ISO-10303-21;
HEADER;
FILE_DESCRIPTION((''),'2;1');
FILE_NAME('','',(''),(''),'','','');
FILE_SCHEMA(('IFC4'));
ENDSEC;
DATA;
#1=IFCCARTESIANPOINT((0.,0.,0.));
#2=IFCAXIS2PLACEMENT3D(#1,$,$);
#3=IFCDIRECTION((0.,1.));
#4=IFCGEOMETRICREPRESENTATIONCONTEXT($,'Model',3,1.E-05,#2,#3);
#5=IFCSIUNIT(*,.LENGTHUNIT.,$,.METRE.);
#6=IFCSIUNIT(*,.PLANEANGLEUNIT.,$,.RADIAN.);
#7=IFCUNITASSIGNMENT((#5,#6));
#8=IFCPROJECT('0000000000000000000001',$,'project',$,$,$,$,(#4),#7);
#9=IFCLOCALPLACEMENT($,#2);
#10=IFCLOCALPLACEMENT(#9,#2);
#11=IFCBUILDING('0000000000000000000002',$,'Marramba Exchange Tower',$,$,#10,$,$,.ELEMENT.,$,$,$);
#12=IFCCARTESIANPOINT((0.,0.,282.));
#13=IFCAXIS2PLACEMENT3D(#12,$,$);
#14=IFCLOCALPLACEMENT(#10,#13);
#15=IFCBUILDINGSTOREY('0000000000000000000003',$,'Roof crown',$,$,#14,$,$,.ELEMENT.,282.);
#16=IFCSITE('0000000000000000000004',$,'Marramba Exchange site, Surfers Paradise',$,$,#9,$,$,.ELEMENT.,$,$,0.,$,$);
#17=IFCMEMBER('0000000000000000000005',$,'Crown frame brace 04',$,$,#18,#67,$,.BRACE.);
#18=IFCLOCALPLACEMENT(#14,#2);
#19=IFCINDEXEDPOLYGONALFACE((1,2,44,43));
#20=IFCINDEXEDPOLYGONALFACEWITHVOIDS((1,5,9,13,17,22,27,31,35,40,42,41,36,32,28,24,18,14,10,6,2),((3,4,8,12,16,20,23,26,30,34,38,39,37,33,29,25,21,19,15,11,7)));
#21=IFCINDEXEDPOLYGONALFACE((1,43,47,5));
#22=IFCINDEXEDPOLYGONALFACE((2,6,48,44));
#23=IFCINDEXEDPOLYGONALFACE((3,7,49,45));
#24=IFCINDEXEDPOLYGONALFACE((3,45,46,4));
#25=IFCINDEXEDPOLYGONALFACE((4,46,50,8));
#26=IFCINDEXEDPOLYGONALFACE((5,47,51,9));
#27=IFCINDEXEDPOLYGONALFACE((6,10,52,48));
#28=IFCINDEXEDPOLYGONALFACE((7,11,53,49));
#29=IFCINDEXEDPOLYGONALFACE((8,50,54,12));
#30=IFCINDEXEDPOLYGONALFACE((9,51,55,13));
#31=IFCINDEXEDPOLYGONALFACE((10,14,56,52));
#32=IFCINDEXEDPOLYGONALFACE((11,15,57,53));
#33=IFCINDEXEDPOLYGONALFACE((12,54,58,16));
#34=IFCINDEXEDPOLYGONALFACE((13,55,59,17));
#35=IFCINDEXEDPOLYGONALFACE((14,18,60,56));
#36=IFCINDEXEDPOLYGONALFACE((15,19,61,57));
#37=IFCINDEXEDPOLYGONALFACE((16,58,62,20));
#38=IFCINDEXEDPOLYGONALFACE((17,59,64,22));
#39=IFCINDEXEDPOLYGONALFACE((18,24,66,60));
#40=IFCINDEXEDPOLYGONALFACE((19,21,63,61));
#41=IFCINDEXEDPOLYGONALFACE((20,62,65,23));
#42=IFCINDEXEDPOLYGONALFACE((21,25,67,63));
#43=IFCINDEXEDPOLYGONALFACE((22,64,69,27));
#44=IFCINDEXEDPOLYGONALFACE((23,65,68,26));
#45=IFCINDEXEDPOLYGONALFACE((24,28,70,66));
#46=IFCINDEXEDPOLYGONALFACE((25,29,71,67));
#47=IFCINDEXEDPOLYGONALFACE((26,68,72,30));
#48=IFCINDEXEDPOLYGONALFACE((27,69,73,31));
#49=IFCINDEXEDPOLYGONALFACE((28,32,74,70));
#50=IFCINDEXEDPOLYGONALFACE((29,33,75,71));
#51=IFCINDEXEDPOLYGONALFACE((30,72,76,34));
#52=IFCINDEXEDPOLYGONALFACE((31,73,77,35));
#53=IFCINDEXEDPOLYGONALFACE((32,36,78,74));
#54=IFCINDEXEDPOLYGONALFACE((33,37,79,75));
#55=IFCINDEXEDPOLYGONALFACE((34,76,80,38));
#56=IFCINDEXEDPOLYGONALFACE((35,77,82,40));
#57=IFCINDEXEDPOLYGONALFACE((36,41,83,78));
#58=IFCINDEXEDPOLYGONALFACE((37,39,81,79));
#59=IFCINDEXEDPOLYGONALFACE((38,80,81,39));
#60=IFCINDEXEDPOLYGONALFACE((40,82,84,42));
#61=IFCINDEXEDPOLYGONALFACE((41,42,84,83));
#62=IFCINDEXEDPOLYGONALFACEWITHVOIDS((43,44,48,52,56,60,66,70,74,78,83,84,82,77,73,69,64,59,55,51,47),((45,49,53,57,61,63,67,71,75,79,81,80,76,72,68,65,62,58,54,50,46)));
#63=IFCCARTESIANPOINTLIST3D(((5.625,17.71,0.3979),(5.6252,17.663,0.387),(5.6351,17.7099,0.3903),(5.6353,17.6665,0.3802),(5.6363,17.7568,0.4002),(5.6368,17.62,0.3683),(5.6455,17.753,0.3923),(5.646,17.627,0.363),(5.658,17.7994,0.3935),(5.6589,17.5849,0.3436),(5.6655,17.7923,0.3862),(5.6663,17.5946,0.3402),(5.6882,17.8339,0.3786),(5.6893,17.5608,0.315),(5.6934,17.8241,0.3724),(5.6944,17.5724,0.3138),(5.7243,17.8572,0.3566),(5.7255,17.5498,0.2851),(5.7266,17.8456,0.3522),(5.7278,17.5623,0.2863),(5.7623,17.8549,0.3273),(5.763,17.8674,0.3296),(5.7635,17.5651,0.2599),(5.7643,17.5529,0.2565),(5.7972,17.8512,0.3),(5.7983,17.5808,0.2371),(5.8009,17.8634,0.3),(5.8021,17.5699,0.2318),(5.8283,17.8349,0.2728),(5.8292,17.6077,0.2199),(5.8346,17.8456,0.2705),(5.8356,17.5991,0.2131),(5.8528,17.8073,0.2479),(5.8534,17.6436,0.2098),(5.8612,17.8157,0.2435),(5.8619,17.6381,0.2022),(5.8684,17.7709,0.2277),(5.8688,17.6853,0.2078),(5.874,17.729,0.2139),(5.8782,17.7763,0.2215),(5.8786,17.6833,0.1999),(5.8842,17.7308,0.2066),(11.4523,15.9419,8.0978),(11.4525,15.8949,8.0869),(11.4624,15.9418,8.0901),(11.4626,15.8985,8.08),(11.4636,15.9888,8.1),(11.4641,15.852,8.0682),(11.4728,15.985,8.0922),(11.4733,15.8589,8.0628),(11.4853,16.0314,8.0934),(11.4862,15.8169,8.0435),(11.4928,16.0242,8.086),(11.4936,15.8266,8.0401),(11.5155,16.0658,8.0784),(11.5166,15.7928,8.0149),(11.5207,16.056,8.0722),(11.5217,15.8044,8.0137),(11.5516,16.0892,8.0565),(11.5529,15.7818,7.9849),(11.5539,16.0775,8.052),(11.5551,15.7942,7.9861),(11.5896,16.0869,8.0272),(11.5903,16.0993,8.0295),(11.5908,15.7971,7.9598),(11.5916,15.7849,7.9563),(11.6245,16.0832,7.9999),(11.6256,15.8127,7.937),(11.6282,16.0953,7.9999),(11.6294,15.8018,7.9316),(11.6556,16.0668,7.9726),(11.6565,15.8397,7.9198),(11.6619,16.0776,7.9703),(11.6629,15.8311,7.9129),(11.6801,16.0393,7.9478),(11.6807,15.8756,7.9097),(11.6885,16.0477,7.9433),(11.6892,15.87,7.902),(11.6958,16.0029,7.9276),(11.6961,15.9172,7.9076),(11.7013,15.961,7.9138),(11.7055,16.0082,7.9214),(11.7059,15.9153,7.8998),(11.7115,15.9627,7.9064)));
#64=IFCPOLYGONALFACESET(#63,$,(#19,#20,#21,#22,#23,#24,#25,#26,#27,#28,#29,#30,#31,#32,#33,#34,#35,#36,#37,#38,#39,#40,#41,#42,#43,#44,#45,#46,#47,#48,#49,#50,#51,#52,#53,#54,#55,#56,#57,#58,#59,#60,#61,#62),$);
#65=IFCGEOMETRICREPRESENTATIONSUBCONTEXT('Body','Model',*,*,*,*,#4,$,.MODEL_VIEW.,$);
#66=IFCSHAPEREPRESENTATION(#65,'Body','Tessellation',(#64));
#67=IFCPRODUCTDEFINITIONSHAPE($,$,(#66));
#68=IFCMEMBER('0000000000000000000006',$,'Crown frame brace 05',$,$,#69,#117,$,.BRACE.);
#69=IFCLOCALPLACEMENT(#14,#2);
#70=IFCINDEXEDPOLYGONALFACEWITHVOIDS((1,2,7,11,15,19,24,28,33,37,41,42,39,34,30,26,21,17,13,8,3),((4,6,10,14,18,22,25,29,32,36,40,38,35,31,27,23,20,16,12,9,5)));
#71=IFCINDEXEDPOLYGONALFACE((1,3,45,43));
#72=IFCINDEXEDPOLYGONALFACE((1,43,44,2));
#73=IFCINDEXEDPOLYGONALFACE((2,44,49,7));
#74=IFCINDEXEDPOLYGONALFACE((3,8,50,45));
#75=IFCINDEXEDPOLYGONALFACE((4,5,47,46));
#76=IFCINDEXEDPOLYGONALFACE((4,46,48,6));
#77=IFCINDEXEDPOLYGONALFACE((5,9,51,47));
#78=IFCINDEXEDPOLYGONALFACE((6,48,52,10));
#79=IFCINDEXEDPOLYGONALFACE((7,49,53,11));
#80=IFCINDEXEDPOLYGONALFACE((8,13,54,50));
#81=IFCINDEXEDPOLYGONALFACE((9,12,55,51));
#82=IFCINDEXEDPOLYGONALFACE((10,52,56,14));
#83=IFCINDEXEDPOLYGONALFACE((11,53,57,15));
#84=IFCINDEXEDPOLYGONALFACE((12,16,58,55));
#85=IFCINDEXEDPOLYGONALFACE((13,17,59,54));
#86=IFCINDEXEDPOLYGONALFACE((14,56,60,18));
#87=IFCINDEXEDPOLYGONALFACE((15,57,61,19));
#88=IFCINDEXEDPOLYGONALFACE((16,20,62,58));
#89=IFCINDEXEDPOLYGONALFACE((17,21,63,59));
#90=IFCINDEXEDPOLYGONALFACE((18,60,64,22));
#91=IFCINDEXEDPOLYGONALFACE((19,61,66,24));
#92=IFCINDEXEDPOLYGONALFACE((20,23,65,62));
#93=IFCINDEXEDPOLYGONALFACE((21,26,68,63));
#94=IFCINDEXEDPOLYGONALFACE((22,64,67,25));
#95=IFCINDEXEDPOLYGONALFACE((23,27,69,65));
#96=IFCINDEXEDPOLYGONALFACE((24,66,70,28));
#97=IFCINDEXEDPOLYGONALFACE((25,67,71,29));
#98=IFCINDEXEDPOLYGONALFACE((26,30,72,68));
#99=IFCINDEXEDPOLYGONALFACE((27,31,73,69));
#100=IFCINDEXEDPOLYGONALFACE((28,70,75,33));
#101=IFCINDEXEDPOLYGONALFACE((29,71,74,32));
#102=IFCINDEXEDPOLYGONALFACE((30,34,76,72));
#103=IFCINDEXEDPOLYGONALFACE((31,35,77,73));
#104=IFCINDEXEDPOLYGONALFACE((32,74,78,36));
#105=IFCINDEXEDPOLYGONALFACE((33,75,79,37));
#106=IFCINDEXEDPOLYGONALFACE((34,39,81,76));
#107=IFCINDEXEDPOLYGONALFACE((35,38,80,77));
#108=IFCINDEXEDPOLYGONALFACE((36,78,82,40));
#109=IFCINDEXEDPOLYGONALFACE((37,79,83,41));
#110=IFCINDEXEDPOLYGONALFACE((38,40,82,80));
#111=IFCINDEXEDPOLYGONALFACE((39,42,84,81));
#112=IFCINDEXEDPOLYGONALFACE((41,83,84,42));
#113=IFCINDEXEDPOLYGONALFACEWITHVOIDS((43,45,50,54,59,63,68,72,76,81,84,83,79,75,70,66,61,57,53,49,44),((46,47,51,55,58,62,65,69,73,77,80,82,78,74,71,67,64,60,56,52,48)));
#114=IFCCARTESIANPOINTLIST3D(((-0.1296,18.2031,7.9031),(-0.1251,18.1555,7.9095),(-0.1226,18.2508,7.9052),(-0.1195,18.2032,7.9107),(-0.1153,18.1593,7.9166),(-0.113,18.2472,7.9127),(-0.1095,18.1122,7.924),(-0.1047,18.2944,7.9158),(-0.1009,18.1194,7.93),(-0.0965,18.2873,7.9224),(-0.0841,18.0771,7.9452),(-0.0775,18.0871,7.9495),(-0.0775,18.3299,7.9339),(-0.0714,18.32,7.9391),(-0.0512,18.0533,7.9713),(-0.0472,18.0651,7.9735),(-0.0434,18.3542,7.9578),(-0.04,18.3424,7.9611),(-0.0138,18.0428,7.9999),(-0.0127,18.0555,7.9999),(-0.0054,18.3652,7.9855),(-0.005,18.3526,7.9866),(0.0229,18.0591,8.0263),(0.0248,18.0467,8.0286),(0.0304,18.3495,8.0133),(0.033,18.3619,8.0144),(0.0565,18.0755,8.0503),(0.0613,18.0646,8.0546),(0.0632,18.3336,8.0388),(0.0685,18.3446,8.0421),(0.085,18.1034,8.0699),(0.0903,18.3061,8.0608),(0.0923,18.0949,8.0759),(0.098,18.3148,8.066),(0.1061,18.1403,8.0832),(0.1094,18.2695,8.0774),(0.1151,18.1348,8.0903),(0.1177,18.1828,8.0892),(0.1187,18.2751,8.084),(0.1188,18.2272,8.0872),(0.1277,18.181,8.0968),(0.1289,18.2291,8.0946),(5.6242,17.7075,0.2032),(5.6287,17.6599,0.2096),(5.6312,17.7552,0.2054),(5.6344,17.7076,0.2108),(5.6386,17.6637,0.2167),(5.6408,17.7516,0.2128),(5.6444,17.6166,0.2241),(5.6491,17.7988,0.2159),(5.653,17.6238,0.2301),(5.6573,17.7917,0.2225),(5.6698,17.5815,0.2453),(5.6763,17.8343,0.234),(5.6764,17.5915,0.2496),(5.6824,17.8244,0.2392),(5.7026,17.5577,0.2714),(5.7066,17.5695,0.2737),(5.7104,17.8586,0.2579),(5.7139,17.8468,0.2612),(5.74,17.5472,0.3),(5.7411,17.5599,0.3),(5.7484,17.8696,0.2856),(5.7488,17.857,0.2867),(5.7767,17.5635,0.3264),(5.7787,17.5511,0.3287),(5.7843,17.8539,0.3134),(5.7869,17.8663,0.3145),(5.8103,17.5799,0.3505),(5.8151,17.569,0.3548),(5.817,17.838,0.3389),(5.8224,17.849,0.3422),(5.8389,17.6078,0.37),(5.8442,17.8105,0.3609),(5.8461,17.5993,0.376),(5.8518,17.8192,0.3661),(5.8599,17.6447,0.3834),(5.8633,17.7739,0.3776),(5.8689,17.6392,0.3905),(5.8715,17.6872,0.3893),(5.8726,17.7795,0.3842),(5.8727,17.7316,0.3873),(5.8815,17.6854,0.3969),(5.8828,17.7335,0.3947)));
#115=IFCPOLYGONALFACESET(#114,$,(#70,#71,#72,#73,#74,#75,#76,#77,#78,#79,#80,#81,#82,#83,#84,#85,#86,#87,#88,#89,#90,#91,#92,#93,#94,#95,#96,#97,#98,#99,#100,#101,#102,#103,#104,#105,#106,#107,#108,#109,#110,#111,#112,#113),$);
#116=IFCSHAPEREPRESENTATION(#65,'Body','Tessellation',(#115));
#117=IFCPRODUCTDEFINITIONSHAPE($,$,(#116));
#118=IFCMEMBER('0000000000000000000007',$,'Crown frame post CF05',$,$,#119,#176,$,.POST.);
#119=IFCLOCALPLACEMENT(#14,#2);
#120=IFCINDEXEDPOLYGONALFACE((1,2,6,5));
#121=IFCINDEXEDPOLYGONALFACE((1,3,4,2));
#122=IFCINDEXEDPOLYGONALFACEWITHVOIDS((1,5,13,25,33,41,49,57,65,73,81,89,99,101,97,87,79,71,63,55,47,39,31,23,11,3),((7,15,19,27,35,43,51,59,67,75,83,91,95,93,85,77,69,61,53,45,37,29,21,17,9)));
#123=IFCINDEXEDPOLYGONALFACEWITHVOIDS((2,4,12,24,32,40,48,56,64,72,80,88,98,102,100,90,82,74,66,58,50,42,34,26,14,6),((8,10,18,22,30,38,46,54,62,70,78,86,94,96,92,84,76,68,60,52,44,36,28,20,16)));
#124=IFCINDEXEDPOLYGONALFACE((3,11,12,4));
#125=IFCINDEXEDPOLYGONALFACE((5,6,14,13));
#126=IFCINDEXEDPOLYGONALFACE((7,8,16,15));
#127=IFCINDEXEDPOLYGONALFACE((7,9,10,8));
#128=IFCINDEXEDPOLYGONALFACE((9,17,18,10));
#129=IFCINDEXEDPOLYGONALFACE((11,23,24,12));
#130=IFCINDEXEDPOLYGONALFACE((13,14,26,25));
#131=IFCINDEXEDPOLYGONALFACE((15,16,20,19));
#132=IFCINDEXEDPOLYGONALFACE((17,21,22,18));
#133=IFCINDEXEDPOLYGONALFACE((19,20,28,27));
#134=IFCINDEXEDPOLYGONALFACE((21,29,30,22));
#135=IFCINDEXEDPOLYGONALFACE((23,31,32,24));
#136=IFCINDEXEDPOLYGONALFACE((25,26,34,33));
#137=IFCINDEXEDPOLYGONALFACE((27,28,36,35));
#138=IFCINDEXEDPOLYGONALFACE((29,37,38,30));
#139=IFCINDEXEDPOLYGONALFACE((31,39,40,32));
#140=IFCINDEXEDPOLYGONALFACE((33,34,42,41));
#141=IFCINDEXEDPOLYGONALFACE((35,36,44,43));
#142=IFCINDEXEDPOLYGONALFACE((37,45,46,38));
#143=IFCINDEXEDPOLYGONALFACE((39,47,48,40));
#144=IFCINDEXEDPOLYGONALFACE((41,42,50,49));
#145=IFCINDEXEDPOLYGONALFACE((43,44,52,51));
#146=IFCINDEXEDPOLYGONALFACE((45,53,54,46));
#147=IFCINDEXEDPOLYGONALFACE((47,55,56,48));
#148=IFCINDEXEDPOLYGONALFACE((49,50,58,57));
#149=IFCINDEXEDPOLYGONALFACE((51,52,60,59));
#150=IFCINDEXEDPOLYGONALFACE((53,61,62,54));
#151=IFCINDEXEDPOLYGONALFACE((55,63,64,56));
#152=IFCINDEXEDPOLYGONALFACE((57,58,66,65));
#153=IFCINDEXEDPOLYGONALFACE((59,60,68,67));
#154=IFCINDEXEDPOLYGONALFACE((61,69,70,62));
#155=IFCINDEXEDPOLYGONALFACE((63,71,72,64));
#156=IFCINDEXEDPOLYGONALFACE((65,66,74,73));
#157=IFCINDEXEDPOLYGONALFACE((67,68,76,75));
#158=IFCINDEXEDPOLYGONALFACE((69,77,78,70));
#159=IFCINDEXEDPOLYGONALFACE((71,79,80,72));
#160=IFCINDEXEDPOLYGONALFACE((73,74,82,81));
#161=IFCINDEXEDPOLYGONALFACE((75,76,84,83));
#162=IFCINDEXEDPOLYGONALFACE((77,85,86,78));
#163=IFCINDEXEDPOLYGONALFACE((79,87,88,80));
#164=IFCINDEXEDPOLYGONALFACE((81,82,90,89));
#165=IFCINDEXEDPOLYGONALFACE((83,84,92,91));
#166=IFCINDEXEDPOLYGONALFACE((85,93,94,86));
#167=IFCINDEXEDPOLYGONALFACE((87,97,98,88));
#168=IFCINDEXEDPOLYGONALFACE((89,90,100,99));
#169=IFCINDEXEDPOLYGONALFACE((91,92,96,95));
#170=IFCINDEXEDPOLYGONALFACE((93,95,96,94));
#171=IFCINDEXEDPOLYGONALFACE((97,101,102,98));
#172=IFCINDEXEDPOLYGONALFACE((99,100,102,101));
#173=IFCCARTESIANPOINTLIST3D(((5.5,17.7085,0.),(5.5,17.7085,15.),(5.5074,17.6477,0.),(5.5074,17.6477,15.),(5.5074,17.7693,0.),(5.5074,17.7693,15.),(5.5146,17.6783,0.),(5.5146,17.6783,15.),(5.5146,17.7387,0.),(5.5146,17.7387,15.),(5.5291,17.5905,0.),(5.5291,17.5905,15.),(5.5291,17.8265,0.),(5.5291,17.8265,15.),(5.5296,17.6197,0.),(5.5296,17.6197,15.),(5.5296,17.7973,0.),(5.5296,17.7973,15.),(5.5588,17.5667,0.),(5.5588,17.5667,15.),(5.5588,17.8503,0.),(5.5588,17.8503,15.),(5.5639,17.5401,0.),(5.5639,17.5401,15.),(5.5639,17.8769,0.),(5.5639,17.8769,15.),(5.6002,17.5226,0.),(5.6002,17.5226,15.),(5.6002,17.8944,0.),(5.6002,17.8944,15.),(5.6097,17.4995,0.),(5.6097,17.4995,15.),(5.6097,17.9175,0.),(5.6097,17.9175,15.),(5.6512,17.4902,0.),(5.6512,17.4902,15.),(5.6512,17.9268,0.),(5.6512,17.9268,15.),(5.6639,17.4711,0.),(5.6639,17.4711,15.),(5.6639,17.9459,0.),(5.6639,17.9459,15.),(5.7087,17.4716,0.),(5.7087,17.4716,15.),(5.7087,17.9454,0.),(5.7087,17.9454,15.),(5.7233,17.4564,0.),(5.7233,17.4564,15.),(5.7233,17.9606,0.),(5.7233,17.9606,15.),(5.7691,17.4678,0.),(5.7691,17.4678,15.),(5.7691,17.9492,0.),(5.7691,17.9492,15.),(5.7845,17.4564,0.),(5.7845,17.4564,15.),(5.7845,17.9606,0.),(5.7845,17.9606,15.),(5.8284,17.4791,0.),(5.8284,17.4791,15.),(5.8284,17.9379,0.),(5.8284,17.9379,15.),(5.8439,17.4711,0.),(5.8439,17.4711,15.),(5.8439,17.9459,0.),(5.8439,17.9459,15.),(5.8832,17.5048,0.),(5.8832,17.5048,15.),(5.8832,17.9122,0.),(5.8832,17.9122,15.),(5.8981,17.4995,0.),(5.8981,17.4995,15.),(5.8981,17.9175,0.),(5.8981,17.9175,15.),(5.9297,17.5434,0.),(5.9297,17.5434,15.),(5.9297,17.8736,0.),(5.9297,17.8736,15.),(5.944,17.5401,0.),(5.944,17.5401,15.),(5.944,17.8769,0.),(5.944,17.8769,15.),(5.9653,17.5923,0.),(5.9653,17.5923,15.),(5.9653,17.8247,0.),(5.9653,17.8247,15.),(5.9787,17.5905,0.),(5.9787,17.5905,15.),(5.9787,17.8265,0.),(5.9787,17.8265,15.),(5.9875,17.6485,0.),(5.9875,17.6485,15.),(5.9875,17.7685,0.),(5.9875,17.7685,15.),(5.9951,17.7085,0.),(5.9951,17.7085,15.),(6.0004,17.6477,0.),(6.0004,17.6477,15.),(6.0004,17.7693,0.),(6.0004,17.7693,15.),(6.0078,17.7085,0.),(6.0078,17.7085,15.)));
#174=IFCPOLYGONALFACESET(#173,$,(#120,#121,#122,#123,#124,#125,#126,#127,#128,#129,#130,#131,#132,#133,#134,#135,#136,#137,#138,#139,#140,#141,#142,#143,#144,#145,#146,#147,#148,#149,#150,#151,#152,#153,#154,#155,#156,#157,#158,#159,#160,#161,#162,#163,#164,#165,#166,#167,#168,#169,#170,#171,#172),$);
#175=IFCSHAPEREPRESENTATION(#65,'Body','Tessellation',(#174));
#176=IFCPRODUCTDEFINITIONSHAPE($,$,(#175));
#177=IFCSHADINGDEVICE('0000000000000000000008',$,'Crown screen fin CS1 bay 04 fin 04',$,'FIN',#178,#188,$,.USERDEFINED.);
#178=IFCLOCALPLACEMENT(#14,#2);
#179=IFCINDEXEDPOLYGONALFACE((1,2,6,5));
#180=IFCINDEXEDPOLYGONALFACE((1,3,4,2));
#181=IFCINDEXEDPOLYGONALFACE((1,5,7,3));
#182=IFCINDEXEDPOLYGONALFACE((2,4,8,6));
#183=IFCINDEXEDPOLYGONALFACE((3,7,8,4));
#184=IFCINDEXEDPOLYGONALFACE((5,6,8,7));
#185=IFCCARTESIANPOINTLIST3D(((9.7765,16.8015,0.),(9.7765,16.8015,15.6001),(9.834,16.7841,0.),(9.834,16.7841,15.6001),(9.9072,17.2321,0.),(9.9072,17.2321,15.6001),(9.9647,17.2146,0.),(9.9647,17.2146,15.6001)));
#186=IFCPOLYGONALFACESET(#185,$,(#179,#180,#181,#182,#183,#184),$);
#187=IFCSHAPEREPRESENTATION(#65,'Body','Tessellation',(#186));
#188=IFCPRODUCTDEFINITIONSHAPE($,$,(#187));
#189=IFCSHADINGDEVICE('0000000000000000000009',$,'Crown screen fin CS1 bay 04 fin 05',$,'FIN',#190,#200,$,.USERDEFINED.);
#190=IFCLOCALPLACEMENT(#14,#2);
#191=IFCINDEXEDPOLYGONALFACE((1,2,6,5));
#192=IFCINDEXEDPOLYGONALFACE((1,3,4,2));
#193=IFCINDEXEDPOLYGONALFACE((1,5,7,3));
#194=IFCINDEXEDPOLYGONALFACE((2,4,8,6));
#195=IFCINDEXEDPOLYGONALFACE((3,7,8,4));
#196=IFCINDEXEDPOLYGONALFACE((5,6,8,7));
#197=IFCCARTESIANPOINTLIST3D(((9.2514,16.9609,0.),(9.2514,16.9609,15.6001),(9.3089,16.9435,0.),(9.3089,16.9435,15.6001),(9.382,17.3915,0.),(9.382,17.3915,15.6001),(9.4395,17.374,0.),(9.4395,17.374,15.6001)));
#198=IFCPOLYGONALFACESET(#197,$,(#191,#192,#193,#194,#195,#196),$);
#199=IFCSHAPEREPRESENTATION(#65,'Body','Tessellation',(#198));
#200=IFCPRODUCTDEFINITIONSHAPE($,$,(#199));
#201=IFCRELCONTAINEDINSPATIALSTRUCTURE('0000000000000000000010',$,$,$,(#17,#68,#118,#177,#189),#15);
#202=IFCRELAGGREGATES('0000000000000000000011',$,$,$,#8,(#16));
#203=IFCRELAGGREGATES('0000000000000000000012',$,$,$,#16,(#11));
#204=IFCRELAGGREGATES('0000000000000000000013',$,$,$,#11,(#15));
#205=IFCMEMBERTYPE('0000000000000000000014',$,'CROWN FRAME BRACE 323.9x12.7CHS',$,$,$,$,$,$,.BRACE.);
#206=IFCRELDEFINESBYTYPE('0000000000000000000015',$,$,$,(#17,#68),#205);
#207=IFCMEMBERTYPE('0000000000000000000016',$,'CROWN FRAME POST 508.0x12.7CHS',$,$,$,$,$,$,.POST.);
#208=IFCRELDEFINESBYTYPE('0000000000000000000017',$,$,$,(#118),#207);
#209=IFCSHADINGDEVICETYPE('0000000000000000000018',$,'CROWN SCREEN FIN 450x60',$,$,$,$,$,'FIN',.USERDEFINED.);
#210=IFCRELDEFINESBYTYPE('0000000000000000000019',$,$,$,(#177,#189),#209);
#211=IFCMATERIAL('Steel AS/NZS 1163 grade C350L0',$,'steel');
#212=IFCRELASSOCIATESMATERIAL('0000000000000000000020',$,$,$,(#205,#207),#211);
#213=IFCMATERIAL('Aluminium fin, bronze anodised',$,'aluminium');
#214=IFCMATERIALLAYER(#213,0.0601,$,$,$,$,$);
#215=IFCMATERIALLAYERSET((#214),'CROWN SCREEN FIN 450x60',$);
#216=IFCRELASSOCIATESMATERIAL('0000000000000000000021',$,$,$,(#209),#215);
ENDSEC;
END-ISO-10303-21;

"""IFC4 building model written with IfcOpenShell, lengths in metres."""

from ifc_helpers import new_model, si_unit, direction, frame, origin, origin_2d, place, context, subcontext, project, spatial, rectangle, hollow_circle, extrude, material, layer, layer_set, material_profile, profile_set, type_object, element, save


model = new_model("IFC4")

# Units and contexts
model_context = context("Model", 3, precision=1e-05, world=origin(), true_north=direction((0.0, 1.0)))
body_context = subcontext(model_context, "Body", "Model", "MODEL_VIEW")
ifc_project = project(units=[si_unit("LENGTHUNIT", "METRE"), si_unit("PLANEANGLEUNIT", "RADIAN")], contexts=[model_context])

# Site, building, storey
site_placement = place(None, origin())
site = spatial("IfcSite", under=ifc_project, at=site_placement, Name="Marramba Exchange site, Surfers Paradise", CompositionType="ELEMENT", RefElevation=0.0)
building_placement = place(site_placement, origin())
building = spatial("IfcBuilding", under=site, at=building_placement, Name="Marramba Exchange Tower", CompositionType="ELEMENT")
storey_placement = place(building_placement, frame((0.0, 0.0, 282.0)))
storey = spatial("IfcBuildingStorey", under=building, at=storey_placement, Name="Roof crown", CompositionType="ELEMENT", Elevation=282.0)

# Members
ifc_material_1 = material(Name="Steel AS/NZS 1163 grade C350L0", Category="steel")
ifc_material_profile_1 = material_profile(ifc_material_1, hollow_circle(Radius=0.1619, WallThickness=0.0127, at=origin_2d()), Name="323.9x12.7CHS")
ifc_profile_set_1 = profile_set([ifc_material_profile_1], Name="Steel AS/NZS 1163 grade C350L0")
member_type_1 = type_object("IfcMemberType", Name="CROWN FRAME BRACE 323.9x12.7CHS", PredefinedType="BRACE", material=ifc_profile_set_1)
member_1_placement = place(storey_placement, frame((5.7539, 17.7085, 0.3), z_axis=(0.593601, -0.180102, 0.784347), x_axis=(0.290337, 0.956925, 0.0)))
element("IfcMember", 1, at=member_1_placement, inside=storey, type_object=member_type_1, Name="Crown frame brace 04", PredefinedType="BRACE", context=body_context, shape_type="SweptSolid", body=[
    extrude(hollow_circle(Radius=0.1619, WallThickness=0.0127, at=origin_2d()), origin(), (0.0, 0.0, 1.0), 9.8169),
])
member_2_placement = place(storey_placement, frame((5.7539, 17.7085, 0.3), z_axis=(-0.597803, 0.051491, 0.799988), x_axis=(-0.085816, -0.996311, 0.0)))
element("IfcMember", 2, at=member_2_placement, inside=storey, type_object=member_type_1, Name="Crown frame brace 05", PredefinedType="BRACE", context=body_context, shape_type="SweptSolid", body=[
    extrude(hollow_circle(Radius=0.1619, WallThickness=0.0127, at=origin_2d()), origin(), (0.0, 0.0, 1.0), 9.625),
])
ifc_material_profile_2 = material_profile(ifc_material_1, hollow_circle(Radius=0.2539, WallThickness=0.0127, at=origin_2d()), Name="508.0x12.7CHS")
ifc_profile_set_2 = profile_set([ifc_material_profile_2], Name="Steel AS/NZS 1163 grade C350L0")
member_type_2 = type_object("IfcMemberType", Name="CROWN FRAME POST 508.0x12.7CHS", PredefinedType="POST", material=ifc_profile_set_2)
member_3_placement = place(storey_placement, frame((5.7539, 17.7085, 0.0), z_axis=(0.0, 0.0, 1.0), x_axis=(1.0, 0.0, 0.0)))
element("IfcMember", 3, at=member_3_placement, inside=storey, type_object=member_type_2, Name="Crown frame post CF05", PredefinedType="POST", context=body_context, shape_type="SweptSolid", body=[
    extrude(hollow_circle(Radius=0.2539, WallThickness=0.0127, at=origin_2d()), origin(), (0.0, 0.0, 1.0), 15.0),
])

# Shading devices
ifc_material_2 = material(Name="Aluminium fin, bronze anodised", Category="aluminium")
ifc_layer_1 = layer(ifc_material_2, 0.0601)
ifc_layer_set_1 = layer_set([ifc_layer_1], Name="CROWN SCREEN FIN 450x60")
shading_device_type = type_object("IfcShadingDeviceType", Name="CROWN SCREEN FIN 450x60", ElementType="FIN", PredefinedType="USERDEFINED", material=ifc_layer_set_1)
for number, where, z_axis, x_axis, name in (
    (4, (9.8706, 17.0081, 0.0), (0.0, 0.0, 1.0), (0.290352, 0.95692, 0.0), "Crown screen fin CS1 bay 04 fin 04"),
    (5, (9.3455, 17.1675, 0.0), (0.0, 0.0, 1.0), (0.290352, 0.95692, 0.0), "Crown screen fin CS1 bay 04 fin 05"),
):
    element("IfcShadingDevice", number, at=place(storey_placement, frame(where, z_axis=z_axis, x_axis=x_axis)), inside=storey, type_object=shading_device_type, Name=name, ObjectType="FIN", PredefinedType="USERDEFINED", context=body_context, shape_type="SweptSolid", body=[
        extrude(rectangle(XDim=0.45, YDim=0.0601, at=origin_2d()), origin(), (0.0, 0.0, 1.0), 15.6001),
    ])

save(model, "model.ifc")
